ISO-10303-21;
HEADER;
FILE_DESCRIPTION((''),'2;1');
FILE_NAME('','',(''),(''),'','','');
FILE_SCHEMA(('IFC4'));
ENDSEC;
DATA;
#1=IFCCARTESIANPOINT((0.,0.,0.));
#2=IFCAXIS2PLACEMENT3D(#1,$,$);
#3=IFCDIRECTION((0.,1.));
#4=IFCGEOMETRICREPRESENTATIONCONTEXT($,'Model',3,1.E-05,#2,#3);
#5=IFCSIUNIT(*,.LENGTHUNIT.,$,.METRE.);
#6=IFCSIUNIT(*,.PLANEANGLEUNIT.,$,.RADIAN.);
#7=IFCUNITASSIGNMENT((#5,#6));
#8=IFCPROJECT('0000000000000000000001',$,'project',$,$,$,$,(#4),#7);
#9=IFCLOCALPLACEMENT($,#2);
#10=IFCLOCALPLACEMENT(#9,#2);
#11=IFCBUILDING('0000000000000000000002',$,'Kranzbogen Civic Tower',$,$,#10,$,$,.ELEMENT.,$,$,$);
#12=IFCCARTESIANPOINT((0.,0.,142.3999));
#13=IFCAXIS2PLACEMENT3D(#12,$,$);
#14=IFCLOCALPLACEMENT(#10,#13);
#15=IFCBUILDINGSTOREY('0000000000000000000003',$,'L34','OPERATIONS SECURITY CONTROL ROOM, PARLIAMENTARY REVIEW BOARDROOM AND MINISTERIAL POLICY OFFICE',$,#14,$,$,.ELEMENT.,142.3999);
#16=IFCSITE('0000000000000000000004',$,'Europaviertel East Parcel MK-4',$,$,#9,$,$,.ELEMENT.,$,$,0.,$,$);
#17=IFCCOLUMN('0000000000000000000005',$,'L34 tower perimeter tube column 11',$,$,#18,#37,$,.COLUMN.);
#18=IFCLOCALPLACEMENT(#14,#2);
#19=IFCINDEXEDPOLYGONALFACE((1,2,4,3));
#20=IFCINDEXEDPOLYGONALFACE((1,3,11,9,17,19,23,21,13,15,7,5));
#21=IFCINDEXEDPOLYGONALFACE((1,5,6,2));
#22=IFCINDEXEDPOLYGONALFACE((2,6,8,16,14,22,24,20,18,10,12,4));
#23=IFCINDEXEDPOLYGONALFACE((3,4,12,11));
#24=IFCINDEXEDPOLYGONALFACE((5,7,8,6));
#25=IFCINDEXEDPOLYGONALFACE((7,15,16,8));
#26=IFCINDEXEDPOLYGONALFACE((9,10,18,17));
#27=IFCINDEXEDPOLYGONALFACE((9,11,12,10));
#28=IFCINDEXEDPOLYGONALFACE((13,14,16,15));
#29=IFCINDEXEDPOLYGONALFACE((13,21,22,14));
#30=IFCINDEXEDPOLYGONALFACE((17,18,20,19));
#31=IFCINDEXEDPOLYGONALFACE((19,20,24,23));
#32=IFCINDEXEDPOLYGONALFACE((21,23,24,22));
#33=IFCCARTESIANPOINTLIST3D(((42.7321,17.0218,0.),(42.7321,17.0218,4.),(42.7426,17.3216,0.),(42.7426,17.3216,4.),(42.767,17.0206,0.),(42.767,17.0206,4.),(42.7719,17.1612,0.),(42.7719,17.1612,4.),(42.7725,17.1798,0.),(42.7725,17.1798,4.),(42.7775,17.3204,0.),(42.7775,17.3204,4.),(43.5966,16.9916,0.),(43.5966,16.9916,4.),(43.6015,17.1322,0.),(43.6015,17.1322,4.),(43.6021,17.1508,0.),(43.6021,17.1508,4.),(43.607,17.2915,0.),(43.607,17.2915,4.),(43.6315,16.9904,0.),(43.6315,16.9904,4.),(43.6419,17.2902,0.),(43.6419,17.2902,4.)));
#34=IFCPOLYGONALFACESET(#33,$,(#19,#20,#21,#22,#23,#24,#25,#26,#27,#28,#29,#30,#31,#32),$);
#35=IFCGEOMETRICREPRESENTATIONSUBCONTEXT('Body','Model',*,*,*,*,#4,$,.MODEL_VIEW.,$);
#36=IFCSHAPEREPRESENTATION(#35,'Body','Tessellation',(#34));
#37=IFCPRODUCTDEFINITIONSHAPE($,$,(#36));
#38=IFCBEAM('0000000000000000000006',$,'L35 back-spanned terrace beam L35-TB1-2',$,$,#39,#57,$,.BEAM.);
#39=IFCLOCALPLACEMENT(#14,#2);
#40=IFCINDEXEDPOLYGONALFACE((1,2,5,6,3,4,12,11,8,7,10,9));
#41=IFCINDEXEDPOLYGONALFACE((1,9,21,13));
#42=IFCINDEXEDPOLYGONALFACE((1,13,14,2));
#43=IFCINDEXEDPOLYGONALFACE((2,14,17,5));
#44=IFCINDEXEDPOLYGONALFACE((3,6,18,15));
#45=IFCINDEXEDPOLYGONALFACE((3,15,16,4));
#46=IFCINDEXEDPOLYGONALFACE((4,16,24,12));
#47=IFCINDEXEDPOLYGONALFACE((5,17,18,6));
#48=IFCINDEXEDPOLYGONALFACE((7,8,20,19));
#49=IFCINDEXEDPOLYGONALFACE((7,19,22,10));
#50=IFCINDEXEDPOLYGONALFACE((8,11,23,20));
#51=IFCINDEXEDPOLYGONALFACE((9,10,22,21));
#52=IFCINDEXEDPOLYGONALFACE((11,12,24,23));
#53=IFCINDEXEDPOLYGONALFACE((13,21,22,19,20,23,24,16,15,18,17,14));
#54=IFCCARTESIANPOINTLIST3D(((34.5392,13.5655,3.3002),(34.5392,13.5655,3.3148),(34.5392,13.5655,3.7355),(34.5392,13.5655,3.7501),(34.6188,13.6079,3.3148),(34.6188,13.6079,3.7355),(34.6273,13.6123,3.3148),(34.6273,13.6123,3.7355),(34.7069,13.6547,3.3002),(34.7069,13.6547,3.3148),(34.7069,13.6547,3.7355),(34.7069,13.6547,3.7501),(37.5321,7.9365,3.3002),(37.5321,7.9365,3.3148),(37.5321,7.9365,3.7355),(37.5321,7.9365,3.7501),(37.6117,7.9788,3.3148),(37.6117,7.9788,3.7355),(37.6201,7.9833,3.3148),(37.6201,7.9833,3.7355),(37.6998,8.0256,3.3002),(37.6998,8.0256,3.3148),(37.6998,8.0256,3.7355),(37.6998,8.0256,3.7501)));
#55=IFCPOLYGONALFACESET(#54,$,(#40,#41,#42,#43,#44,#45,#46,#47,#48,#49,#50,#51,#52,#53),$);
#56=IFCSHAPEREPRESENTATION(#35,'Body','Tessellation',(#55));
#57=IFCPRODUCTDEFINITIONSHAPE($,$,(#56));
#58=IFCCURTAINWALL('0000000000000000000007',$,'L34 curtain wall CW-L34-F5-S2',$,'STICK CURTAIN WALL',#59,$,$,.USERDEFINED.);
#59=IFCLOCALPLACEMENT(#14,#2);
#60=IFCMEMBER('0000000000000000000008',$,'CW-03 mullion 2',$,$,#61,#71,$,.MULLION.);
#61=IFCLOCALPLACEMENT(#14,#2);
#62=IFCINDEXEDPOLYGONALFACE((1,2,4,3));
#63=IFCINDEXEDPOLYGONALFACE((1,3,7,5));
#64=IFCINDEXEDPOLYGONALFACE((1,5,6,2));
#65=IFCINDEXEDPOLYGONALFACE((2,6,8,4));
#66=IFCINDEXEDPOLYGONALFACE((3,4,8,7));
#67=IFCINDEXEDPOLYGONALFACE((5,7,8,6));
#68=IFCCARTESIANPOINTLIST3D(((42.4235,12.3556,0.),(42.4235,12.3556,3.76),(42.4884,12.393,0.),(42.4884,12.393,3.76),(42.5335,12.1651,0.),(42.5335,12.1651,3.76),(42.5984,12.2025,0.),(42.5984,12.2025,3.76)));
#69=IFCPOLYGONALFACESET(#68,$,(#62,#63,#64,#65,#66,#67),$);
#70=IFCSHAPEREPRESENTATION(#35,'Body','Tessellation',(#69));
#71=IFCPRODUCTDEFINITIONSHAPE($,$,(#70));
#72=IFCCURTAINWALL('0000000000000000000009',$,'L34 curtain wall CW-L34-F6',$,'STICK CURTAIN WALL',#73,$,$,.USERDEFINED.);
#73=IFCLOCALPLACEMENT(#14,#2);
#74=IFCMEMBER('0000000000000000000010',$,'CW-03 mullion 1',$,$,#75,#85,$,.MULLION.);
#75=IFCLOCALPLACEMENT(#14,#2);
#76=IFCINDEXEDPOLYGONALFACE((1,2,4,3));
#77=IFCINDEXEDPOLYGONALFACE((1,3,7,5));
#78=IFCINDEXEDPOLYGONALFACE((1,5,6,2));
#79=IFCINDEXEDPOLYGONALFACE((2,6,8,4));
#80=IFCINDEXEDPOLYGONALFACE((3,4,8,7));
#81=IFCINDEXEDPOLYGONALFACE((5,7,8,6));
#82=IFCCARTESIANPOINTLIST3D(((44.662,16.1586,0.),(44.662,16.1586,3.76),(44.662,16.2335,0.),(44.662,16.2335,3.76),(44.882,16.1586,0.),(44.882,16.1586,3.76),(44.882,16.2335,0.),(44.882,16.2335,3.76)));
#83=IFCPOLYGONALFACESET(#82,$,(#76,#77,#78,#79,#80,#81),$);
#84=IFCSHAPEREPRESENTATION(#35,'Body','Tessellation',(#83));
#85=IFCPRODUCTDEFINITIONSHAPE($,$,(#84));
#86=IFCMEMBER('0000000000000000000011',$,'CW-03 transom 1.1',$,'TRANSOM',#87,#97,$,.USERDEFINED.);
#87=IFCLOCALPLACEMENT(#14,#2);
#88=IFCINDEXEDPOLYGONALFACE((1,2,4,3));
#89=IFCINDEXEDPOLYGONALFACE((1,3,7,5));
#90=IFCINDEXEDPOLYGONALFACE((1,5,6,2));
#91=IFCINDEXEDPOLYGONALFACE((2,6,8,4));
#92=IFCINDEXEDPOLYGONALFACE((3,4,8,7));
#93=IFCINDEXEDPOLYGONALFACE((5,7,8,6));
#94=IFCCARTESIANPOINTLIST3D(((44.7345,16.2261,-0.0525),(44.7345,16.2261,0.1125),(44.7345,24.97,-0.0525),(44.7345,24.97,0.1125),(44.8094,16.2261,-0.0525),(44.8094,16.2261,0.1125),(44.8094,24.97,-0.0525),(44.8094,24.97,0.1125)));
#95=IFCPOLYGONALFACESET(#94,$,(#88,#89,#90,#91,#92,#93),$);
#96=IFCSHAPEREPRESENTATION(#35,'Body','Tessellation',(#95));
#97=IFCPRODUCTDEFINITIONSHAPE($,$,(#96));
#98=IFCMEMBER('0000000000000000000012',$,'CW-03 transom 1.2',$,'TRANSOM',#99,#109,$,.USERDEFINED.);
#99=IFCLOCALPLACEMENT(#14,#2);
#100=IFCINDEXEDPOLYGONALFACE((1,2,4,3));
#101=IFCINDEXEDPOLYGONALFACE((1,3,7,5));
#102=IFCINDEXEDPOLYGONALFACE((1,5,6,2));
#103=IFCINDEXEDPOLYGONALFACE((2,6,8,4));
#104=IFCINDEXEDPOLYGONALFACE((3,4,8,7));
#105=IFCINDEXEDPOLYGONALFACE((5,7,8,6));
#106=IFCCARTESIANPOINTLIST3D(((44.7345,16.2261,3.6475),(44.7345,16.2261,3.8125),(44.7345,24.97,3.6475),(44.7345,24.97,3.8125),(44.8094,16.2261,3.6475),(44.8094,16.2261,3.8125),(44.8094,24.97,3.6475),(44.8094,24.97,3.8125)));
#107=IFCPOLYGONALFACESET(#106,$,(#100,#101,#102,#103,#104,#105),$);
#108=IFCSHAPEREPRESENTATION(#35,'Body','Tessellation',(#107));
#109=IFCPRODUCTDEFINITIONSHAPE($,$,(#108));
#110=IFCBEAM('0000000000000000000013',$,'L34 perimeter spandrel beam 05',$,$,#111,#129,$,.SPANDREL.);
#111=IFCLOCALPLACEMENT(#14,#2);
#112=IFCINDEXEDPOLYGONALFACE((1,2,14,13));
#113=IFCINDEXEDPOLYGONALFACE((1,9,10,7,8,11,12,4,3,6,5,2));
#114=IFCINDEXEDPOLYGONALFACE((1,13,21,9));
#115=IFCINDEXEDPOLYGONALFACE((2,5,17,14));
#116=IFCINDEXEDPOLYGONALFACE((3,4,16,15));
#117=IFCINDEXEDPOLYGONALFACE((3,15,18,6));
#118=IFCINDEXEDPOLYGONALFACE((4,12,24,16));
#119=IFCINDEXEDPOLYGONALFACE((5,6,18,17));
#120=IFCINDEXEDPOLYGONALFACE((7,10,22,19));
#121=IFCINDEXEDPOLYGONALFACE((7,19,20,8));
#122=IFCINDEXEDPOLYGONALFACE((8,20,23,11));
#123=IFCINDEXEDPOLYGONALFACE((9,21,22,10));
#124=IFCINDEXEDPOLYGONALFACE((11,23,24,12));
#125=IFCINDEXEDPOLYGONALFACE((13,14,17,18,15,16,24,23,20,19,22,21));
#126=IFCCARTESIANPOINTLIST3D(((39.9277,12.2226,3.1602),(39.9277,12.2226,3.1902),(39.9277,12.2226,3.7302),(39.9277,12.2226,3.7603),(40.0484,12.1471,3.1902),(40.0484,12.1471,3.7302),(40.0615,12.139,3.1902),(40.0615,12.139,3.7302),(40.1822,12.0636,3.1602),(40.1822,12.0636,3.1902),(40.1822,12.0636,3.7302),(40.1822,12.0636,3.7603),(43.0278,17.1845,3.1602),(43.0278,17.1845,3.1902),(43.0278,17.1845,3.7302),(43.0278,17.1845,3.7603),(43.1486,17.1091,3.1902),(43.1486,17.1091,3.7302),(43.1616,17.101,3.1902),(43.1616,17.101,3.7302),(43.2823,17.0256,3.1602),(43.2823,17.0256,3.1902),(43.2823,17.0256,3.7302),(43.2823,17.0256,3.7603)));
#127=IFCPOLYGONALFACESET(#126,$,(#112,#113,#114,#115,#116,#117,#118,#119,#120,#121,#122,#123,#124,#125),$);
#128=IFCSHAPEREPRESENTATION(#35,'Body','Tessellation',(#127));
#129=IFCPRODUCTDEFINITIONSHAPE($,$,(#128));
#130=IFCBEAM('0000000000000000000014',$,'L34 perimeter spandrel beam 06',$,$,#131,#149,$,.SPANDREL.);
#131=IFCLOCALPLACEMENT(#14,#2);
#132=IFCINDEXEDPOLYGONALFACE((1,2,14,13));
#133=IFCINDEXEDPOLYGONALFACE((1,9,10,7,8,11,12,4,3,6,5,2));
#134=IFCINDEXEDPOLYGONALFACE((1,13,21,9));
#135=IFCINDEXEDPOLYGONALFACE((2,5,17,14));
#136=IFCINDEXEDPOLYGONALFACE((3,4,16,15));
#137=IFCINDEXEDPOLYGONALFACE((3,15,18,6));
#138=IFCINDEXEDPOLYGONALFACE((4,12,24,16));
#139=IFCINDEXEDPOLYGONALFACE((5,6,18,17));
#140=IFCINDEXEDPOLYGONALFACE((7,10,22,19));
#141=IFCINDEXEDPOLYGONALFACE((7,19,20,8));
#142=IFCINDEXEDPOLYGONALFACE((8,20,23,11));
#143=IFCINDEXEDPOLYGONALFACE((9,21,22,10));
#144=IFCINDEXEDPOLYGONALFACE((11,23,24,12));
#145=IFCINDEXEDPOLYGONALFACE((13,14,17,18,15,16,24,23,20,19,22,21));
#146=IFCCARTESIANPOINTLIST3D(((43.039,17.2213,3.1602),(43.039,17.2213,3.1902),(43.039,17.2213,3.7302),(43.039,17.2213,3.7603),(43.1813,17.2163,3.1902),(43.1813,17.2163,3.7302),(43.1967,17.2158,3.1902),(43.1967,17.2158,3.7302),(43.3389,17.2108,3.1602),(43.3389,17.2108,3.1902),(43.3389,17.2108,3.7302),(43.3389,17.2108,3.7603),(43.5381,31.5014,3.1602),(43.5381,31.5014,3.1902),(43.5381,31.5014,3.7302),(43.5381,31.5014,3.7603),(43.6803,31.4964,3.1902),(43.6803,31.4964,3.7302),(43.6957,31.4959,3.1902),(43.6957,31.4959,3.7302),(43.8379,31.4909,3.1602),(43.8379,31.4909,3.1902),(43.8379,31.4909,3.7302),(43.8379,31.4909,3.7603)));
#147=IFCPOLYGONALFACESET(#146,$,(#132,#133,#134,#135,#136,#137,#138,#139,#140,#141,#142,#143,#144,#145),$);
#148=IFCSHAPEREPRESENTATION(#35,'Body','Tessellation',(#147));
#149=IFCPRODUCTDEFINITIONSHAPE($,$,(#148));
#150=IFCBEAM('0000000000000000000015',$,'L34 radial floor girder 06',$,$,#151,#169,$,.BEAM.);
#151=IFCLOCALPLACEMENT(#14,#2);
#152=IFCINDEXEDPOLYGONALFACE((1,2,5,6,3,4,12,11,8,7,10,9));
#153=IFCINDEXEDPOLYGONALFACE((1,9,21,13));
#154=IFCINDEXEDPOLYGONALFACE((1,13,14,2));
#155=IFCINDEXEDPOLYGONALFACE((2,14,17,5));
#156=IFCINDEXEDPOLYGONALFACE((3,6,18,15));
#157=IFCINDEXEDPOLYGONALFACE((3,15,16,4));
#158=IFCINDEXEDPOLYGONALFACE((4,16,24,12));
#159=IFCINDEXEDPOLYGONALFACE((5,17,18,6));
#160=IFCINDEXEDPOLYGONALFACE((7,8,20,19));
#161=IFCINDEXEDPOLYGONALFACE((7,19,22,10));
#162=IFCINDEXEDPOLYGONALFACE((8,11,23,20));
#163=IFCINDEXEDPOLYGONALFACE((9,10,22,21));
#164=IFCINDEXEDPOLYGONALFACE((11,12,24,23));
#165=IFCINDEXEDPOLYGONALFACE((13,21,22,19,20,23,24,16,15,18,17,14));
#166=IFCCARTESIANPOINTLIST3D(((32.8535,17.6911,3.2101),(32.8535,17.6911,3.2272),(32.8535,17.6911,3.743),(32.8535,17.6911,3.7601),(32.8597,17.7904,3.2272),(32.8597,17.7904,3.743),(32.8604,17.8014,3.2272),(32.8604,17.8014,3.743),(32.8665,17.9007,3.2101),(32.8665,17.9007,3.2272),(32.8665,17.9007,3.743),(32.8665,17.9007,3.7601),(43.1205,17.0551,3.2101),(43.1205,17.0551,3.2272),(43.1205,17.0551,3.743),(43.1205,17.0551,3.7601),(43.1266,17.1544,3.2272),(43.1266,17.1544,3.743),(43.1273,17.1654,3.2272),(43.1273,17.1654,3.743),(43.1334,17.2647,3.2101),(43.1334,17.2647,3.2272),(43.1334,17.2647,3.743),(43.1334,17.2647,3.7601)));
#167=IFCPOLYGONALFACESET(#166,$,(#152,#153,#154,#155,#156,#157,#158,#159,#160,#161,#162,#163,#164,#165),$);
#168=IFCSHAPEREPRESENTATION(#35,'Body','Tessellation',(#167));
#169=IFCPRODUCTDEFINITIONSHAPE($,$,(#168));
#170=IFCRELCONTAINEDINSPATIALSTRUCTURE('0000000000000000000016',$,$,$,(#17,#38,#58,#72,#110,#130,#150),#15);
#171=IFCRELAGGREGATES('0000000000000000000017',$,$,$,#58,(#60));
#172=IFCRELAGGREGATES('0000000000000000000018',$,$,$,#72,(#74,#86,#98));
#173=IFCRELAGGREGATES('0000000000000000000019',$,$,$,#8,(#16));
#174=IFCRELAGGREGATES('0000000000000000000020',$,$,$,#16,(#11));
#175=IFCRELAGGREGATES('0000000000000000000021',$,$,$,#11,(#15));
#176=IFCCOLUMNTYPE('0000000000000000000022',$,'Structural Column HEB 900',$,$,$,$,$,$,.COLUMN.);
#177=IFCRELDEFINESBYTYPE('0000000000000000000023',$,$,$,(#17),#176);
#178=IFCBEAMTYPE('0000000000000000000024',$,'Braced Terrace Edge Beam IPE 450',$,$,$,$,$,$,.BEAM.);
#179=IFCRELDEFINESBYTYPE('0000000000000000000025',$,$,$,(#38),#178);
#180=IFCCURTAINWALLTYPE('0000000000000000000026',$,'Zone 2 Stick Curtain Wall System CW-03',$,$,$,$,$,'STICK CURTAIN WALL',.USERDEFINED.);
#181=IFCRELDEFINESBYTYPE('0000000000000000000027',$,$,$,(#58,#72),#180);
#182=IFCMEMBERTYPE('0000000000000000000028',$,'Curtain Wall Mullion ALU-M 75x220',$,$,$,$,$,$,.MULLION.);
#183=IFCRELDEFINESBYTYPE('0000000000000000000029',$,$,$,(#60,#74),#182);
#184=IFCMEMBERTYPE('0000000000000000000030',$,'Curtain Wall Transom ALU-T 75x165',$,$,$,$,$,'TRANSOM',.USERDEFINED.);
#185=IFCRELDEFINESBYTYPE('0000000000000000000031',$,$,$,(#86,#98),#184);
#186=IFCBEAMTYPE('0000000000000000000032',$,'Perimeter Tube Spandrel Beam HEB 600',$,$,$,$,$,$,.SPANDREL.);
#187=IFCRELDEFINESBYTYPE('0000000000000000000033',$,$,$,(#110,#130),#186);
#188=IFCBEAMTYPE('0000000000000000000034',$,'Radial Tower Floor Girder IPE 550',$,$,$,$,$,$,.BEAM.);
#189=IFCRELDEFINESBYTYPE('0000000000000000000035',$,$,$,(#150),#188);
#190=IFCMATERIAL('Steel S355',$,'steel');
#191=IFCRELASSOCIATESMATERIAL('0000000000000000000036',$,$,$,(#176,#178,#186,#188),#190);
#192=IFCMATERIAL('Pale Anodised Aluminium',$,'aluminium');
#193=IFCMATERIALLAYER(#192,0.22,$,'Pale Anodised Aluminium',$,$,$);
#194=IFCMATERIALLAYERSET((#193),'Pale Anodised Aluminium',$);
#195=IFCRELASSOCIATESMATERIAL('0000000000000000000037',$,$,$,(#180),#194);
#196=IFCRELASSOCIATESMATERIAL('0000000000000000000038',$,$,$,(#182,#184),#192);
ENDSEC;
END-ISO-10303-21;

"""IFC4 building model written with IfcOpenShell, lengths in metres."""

from ifc_helpers import new_model, si_unit, direction, frame, origin, origin_2d, place, context, subcontext, project, spatial, rectangle, i_section, extrude, material, layer, layer_set, material_profile, profile_set, type_object, element, aggregate, save


model = new_model("IFC4")

# Units and contexts
model_context = context("Model", 3, precision=1e-05, world=origin(), true_north=direction((0.0, 1.0)))
body_context = subcontext(model_context, "Body", "Model", "MODEL_VIEW")
ifc_project = project(units=[si_unit("LENGTHUNIT", "METRE"), si_unit("PLANEANGLEUNIT", "RADIAN")], contexts=[model_context])

# Site, building, storey
site_placement = place(None, origin())
site = spatial("IfcSite", under=ifc_project, at=site_placement, Name="Europaviertel East Parcel MK-4", CompositionType="ELEMENT", RefElevation=0.0)
building_placement = place(site_placement, origin())
building = spatial("IfcBuilding", under=site, at=building_placement, Name="Kranzbogen Civic Tower", CompositionType="ELEMENT")
storey_placement = place(building_placement, frame((0.0, 0.0, 142.3999)))
storey = spatial("IfcBuildingStorey", under=building, at=storey_placement, Name="L34", Description="OPERATIONS SECURITY CONTROL ROOM, PARLIAMENTARY REVIEW BOARDROOM AND MINISTERIAL POLICY OFFICE", CompositionType="ELEMENT", Elevation=142.3999)

# Column
ifc_material_1 = material(Name="Steel S355", Category="steel")
ifc_material_profile_1 = material_profile(ifc_material_1, i_section(OverallWidth=0.3, OverallDepth=0.8999, WebThickness=0.0186, FlangeThickness=0.0349, at=origin_2d()), Name="HEB 900")
ifc_profile_set_1 = profile_set([ifc_material_profile_1], Name="Steel S355")
column_type = type_object("IfcColumnType", Name="Structural Column HEB 900", PredefinedType="COLUMN", material=ifc_profile_set_1)
column_placement = place(storey_placement, frame((43.187, 17.156, 0.0), z_axis=(0.0, 0.0, 1.0), x_axis=(0.034899, 0.999391, 0.0)))
element("IfcColumn", 1, at=column_placement, inside=storey, type_object=column_type, Name="L34 tower perimeter tube column 11", PredefinedType="COLUMN", context=body_context, shape_type="SweptSolid", body=[
    extrude(i_section(OverallWidth=0.3, OverallDepth=0.8999, WebThickness=0.0186, FlangeThickness=0.0349, at=origin_2d()), origin(), (0.0, 0.0, 1.0), 4.0),
])

# Beam
ifc_material_profile_2 = material_profile(ifc_material_1, i_section(OverallWidth=0.1899, OverallDepth=0.45, WebThickness=0.0095, FlangeThickness=0.0146, at=origin_2d()), Name="IPE 450")
ifc_profile_set_2 = profile_set([ifc_material_profile_2], Name="Steel S355")
beam_type_1 = type_object("IfcBeamType", Name="Braced Terrace Edge Beam IPE 450", PredefinedType="BEAM", material=ifc_profile_set_2)
beam_1_placement = place(storey_placement, frame((34.623, 13.6101, 3.5251), z_axis=(0.469453, -0.882958, 0.0), x_axis=(0.882958, 0.469453, 0.0)))
element("IfcBeam", 2, at=beam_1_placement, inside=storey, type_object=beam_type_1, Name="L35 back-spanned terrace beam L35-TB1-2", PredefinedType="BEAM", context=body_context, shape_type="SweptSolid", body=[
    extrude(i_section(OverallWidth=0.1899, OverallDepth=0.45, WebThickness=0.0095, FlangeThickness=0.0146, at=origin_2d()), origin(), (0.0, 0.0, 1.0), 6.3752),
])

# Curtain wall, member
ifc_material_2 = material(Name="Pale Anodised Aluminium", Category="aluminium")
ifc_layer_1 = layer(ifc_material_2, 0.22, Name="Pale Anodised Aluminium")
ifc_layer_set_1 = layer_set([ifc_layer_1], Name="Pale Anodised Aluminium")
curtain_wall_type = type_object("IfcCurtainWallType", Name="Zone 2 Stick Curtain Wall System CW-03", ElementType="STICK CURTAIN WALL", PredefinedType="USERDEFINED", material=ifc_layer_set_1)
curtain_wall_1_placement = place(storey_placement, origin())
curtain_wall_1 = element("IfcCurtainWall", 3, at=curtain_wall_1_placement, inside=storey, type_object=curtain_wall_type, Name="L34 curtain wall CW-L34-F5-S2", ObjectType="STICK CURTAIN WALL", PredefinedType="USERDEFINED")
ifc_material_profile_3 = material_profile(ifc_material_2, rectangle(XDim=0.075, YDim=0.22, at=origin_2d()), Name="ALU-M 75x220")
ifc_profile_set_3 = profile_set([ifc_material_profile_3], Name="Pale Anodised Aluminium")
member_type_1 = type_object("IfcMemberType", Name="Curtain Wall Mullion ALU-M 75x220", PredefinedType="MULLION", material=ifc_profile_set_3)
member_1_placement = place(storey_placement, frame((42.511, 12.2791, 0.0), z_axis=(0.0, 0.0, 1.0), x_axis=(0.865994, 0.500055, 0.0)))
member_1 = element("IfcMember", 4, at=member_1_placement, type_object=member_type_1, Name="CW-03 mullion 2", PredefinedType="MULLION", context=body_context, shape_type="SweptSolid", body=[
    extrude(rectangle(XDim=0.075, YDim=0.22, at=origin_2d()), origin(), (0.0, 0.0, 1.0), 3.76),
])
aggregate(curtain_wall_1, [member_1])

# Curtain wall, members
curtain_wall_2_placement = place(storey_placement, origin())
curtain_wall_2 = element("IfcCurtainWall", 5, at=curtain_wall_2_placement, inside=storey, type_object=curtain_wall_type, Name="L34 curtain wall CW-L34-F6", ObjectType="STICK CURTAIN WALL", PredefinedType="USERDEFINED")
member_2_placement = place(storey_placement, frame((44.772, 16.196, 0.0), z_axis=(0.0, 0.0, 1.0), x_axis=(0.0, 1.0, 0.0)))
member_2 = element("IfcMember", 6, at=member_2_placement, type_object=member_type_1, Name="CW-03 mullion 1", PredefinedType="MULLION", context=body_context, shape_type="SweptSolid", body=[
    extrude(rectangle(XDim=0.075, YDim=0.22, at=origin_2d()), origin(), (0.0, 0.0, 1.0), 3.76),
])
ifc_material_profile_4 = material_profile(ifc_material_2, rectangle(XDim=0.075, YDim=0.165, at=origin_2d()), Name="ALU-T 75x165")
ifc_profile_set_4 = profile_set([ifc_material_profile_4], Name="Pale Anodised Aluminium")
member_type_2 = type_object("IfcMemberType", Name="Curtain Wall Transom ALU-T 75x165", ElementType="TRANSOM", PredefinedType="USERDEFINED", material=ifc_profile_set_4)
member_3_placement = place(storey_placement, frame((44.772, 16.2261, 0.03), z_axis=(0.0, 1.0, 0.0), x_axis=(-1.0, 0.0, 0.0)))
member_3 = element("IfcMember", 7, at=member_3_placement, type_object=member_type_2, Name="CW-03 transom 1.1", ObjectType="TRANSOM", PredefinedType="USERDEFINED", context=body_context, shape_type="SweptSolid", body=[
    extrude(rectangle(XDim=0.075, YDim=0.165, at=origin_2d()), origin(), (0.0, 0.0, 1.0), 8.7439),
])
member_4_placement = place(storey_placement, frame((44.772, 16.2261, 3.73), z_axis=(0.0, 1.0, 0.0), x_axis=(-1.0, 0.0, 0.0)))
member_4 = element("IfcMember", 8, at=member_4_placement, type_object=member_type_2, Name="CW-03 transom 1.2", ObjectType="TRANSOM", PredefinedType="USERDEFINED", context=body_context, shape_type="SweptSolid", body=[
    extrude(rectangle(XDim=0.075, YDim=0.165, at=origin_2d()), origin(), (0.0, 0.0, 1.0), 8.7439),
])

# Beams
ifc_material_profile_5 = material_profile(ifc_material_1, i_section(OverallWidth=0.3, OverallDepth=0.6001, WebThickness=0.0154, FlangeThickness=0.03, at=origin_2d()), Name="HEB 600")
ifc_profile_set_5 = profile_set([ifc_material_profile_5], Name="Steel S355")
beam_type_2 = type_object("IfcBeamType", Name="Perimeter Tube Spandrel Beam HEB 600", PredefinedType="SPANDREL", material=ifc_profile_set_5)
beam_2_placement = place(storey_placement, frame((40.0549, 12.1431, 3.4602), z_axis=(0.529864, 0.848083, 0.0), x_axis=(-0.848083, 0.529864, 0.0)))
element("IfcBeam", 9, at=beam_2_placement, inside=storey, type_object=beam_type_2, Name="L34 perimeter spandrel beam 05", PredefinedType="SPANDREL", context=body_context, shape_type="SweptSolid", body=[
    extrude(i_section(OverallWidth=0.3, OverallDepth=0.6001, WebThickness=0.0154, FlangeThickness=0.03, at=origin_2d()), origin(), (0.0, 0.0, 1.0), 5.8508),
])
beam_3_placement = place(storey_placement, frame((43.189, 17.2161, 3.4602), z_axis=(0.034924, 0.99939, 0.0), x_axis=(-0.99939, 0.034924, 0.0)))
element("IfcBeam", 10, at=beam_3_placement, inside=storey, type_object=beam_type_2, Name="L34 perimeter spandrel beam 06", PredefinedType="SPANDREL", context=body_context, shape_type="SweptSolid", body=[
    extrude(i_section(OverallWidth=0.3, OverallDepth=0.6001, WebThickness=0.0154, FlangeThickness=0.03, at=origin_2d()), origin(), (0.0, 0.0, 1.0), 14.2888),
])
ifc_material_profile_6 = material_profile(ifc_material_1, i_section(OverallWidth=0.21, OverallDepth=0.55, WebThickness=0.011, FlangeThickness=0.0171, at=origin_2d()), Name="IPE 550")
ifc_profile_set_6 = profile_set([ifc_material_profile_6], Name="Steel S355")
beam_type_3 = type_object("IfcBeamType", Name="Radial Tower Floor Girder IPE 550", PredefinedType="BEAM", material=ifc_profile_set_6)
beam_4_placement = place(storey_placement, frame((43.127, 17.1599, 3.4851), z_axis=(-0.998087, 0.061827, 0.0), x_axis=(-0.061827, -0.998087, 0.0)))
element("IfcBeam", 11, at=beam_4_placement, inside=storey, type_object=beam_type_3, Name="L34 radial floor girder 06", PredefinedType="BEAM", context=body_context, shape_type="SweptSolid", body=[
    extrude(i_section(OverallWidth=0.21, OverallDepth=0.55, WebThickness=0.011, FlangeThickness=0.0171, at=origin_2d()), origin(), (0.0, 0.0, 1.0), 10.2866),
])

aggregate(curtain_wall_2, [member_2, member_3, member_4])

save(model, "model.ifc")
